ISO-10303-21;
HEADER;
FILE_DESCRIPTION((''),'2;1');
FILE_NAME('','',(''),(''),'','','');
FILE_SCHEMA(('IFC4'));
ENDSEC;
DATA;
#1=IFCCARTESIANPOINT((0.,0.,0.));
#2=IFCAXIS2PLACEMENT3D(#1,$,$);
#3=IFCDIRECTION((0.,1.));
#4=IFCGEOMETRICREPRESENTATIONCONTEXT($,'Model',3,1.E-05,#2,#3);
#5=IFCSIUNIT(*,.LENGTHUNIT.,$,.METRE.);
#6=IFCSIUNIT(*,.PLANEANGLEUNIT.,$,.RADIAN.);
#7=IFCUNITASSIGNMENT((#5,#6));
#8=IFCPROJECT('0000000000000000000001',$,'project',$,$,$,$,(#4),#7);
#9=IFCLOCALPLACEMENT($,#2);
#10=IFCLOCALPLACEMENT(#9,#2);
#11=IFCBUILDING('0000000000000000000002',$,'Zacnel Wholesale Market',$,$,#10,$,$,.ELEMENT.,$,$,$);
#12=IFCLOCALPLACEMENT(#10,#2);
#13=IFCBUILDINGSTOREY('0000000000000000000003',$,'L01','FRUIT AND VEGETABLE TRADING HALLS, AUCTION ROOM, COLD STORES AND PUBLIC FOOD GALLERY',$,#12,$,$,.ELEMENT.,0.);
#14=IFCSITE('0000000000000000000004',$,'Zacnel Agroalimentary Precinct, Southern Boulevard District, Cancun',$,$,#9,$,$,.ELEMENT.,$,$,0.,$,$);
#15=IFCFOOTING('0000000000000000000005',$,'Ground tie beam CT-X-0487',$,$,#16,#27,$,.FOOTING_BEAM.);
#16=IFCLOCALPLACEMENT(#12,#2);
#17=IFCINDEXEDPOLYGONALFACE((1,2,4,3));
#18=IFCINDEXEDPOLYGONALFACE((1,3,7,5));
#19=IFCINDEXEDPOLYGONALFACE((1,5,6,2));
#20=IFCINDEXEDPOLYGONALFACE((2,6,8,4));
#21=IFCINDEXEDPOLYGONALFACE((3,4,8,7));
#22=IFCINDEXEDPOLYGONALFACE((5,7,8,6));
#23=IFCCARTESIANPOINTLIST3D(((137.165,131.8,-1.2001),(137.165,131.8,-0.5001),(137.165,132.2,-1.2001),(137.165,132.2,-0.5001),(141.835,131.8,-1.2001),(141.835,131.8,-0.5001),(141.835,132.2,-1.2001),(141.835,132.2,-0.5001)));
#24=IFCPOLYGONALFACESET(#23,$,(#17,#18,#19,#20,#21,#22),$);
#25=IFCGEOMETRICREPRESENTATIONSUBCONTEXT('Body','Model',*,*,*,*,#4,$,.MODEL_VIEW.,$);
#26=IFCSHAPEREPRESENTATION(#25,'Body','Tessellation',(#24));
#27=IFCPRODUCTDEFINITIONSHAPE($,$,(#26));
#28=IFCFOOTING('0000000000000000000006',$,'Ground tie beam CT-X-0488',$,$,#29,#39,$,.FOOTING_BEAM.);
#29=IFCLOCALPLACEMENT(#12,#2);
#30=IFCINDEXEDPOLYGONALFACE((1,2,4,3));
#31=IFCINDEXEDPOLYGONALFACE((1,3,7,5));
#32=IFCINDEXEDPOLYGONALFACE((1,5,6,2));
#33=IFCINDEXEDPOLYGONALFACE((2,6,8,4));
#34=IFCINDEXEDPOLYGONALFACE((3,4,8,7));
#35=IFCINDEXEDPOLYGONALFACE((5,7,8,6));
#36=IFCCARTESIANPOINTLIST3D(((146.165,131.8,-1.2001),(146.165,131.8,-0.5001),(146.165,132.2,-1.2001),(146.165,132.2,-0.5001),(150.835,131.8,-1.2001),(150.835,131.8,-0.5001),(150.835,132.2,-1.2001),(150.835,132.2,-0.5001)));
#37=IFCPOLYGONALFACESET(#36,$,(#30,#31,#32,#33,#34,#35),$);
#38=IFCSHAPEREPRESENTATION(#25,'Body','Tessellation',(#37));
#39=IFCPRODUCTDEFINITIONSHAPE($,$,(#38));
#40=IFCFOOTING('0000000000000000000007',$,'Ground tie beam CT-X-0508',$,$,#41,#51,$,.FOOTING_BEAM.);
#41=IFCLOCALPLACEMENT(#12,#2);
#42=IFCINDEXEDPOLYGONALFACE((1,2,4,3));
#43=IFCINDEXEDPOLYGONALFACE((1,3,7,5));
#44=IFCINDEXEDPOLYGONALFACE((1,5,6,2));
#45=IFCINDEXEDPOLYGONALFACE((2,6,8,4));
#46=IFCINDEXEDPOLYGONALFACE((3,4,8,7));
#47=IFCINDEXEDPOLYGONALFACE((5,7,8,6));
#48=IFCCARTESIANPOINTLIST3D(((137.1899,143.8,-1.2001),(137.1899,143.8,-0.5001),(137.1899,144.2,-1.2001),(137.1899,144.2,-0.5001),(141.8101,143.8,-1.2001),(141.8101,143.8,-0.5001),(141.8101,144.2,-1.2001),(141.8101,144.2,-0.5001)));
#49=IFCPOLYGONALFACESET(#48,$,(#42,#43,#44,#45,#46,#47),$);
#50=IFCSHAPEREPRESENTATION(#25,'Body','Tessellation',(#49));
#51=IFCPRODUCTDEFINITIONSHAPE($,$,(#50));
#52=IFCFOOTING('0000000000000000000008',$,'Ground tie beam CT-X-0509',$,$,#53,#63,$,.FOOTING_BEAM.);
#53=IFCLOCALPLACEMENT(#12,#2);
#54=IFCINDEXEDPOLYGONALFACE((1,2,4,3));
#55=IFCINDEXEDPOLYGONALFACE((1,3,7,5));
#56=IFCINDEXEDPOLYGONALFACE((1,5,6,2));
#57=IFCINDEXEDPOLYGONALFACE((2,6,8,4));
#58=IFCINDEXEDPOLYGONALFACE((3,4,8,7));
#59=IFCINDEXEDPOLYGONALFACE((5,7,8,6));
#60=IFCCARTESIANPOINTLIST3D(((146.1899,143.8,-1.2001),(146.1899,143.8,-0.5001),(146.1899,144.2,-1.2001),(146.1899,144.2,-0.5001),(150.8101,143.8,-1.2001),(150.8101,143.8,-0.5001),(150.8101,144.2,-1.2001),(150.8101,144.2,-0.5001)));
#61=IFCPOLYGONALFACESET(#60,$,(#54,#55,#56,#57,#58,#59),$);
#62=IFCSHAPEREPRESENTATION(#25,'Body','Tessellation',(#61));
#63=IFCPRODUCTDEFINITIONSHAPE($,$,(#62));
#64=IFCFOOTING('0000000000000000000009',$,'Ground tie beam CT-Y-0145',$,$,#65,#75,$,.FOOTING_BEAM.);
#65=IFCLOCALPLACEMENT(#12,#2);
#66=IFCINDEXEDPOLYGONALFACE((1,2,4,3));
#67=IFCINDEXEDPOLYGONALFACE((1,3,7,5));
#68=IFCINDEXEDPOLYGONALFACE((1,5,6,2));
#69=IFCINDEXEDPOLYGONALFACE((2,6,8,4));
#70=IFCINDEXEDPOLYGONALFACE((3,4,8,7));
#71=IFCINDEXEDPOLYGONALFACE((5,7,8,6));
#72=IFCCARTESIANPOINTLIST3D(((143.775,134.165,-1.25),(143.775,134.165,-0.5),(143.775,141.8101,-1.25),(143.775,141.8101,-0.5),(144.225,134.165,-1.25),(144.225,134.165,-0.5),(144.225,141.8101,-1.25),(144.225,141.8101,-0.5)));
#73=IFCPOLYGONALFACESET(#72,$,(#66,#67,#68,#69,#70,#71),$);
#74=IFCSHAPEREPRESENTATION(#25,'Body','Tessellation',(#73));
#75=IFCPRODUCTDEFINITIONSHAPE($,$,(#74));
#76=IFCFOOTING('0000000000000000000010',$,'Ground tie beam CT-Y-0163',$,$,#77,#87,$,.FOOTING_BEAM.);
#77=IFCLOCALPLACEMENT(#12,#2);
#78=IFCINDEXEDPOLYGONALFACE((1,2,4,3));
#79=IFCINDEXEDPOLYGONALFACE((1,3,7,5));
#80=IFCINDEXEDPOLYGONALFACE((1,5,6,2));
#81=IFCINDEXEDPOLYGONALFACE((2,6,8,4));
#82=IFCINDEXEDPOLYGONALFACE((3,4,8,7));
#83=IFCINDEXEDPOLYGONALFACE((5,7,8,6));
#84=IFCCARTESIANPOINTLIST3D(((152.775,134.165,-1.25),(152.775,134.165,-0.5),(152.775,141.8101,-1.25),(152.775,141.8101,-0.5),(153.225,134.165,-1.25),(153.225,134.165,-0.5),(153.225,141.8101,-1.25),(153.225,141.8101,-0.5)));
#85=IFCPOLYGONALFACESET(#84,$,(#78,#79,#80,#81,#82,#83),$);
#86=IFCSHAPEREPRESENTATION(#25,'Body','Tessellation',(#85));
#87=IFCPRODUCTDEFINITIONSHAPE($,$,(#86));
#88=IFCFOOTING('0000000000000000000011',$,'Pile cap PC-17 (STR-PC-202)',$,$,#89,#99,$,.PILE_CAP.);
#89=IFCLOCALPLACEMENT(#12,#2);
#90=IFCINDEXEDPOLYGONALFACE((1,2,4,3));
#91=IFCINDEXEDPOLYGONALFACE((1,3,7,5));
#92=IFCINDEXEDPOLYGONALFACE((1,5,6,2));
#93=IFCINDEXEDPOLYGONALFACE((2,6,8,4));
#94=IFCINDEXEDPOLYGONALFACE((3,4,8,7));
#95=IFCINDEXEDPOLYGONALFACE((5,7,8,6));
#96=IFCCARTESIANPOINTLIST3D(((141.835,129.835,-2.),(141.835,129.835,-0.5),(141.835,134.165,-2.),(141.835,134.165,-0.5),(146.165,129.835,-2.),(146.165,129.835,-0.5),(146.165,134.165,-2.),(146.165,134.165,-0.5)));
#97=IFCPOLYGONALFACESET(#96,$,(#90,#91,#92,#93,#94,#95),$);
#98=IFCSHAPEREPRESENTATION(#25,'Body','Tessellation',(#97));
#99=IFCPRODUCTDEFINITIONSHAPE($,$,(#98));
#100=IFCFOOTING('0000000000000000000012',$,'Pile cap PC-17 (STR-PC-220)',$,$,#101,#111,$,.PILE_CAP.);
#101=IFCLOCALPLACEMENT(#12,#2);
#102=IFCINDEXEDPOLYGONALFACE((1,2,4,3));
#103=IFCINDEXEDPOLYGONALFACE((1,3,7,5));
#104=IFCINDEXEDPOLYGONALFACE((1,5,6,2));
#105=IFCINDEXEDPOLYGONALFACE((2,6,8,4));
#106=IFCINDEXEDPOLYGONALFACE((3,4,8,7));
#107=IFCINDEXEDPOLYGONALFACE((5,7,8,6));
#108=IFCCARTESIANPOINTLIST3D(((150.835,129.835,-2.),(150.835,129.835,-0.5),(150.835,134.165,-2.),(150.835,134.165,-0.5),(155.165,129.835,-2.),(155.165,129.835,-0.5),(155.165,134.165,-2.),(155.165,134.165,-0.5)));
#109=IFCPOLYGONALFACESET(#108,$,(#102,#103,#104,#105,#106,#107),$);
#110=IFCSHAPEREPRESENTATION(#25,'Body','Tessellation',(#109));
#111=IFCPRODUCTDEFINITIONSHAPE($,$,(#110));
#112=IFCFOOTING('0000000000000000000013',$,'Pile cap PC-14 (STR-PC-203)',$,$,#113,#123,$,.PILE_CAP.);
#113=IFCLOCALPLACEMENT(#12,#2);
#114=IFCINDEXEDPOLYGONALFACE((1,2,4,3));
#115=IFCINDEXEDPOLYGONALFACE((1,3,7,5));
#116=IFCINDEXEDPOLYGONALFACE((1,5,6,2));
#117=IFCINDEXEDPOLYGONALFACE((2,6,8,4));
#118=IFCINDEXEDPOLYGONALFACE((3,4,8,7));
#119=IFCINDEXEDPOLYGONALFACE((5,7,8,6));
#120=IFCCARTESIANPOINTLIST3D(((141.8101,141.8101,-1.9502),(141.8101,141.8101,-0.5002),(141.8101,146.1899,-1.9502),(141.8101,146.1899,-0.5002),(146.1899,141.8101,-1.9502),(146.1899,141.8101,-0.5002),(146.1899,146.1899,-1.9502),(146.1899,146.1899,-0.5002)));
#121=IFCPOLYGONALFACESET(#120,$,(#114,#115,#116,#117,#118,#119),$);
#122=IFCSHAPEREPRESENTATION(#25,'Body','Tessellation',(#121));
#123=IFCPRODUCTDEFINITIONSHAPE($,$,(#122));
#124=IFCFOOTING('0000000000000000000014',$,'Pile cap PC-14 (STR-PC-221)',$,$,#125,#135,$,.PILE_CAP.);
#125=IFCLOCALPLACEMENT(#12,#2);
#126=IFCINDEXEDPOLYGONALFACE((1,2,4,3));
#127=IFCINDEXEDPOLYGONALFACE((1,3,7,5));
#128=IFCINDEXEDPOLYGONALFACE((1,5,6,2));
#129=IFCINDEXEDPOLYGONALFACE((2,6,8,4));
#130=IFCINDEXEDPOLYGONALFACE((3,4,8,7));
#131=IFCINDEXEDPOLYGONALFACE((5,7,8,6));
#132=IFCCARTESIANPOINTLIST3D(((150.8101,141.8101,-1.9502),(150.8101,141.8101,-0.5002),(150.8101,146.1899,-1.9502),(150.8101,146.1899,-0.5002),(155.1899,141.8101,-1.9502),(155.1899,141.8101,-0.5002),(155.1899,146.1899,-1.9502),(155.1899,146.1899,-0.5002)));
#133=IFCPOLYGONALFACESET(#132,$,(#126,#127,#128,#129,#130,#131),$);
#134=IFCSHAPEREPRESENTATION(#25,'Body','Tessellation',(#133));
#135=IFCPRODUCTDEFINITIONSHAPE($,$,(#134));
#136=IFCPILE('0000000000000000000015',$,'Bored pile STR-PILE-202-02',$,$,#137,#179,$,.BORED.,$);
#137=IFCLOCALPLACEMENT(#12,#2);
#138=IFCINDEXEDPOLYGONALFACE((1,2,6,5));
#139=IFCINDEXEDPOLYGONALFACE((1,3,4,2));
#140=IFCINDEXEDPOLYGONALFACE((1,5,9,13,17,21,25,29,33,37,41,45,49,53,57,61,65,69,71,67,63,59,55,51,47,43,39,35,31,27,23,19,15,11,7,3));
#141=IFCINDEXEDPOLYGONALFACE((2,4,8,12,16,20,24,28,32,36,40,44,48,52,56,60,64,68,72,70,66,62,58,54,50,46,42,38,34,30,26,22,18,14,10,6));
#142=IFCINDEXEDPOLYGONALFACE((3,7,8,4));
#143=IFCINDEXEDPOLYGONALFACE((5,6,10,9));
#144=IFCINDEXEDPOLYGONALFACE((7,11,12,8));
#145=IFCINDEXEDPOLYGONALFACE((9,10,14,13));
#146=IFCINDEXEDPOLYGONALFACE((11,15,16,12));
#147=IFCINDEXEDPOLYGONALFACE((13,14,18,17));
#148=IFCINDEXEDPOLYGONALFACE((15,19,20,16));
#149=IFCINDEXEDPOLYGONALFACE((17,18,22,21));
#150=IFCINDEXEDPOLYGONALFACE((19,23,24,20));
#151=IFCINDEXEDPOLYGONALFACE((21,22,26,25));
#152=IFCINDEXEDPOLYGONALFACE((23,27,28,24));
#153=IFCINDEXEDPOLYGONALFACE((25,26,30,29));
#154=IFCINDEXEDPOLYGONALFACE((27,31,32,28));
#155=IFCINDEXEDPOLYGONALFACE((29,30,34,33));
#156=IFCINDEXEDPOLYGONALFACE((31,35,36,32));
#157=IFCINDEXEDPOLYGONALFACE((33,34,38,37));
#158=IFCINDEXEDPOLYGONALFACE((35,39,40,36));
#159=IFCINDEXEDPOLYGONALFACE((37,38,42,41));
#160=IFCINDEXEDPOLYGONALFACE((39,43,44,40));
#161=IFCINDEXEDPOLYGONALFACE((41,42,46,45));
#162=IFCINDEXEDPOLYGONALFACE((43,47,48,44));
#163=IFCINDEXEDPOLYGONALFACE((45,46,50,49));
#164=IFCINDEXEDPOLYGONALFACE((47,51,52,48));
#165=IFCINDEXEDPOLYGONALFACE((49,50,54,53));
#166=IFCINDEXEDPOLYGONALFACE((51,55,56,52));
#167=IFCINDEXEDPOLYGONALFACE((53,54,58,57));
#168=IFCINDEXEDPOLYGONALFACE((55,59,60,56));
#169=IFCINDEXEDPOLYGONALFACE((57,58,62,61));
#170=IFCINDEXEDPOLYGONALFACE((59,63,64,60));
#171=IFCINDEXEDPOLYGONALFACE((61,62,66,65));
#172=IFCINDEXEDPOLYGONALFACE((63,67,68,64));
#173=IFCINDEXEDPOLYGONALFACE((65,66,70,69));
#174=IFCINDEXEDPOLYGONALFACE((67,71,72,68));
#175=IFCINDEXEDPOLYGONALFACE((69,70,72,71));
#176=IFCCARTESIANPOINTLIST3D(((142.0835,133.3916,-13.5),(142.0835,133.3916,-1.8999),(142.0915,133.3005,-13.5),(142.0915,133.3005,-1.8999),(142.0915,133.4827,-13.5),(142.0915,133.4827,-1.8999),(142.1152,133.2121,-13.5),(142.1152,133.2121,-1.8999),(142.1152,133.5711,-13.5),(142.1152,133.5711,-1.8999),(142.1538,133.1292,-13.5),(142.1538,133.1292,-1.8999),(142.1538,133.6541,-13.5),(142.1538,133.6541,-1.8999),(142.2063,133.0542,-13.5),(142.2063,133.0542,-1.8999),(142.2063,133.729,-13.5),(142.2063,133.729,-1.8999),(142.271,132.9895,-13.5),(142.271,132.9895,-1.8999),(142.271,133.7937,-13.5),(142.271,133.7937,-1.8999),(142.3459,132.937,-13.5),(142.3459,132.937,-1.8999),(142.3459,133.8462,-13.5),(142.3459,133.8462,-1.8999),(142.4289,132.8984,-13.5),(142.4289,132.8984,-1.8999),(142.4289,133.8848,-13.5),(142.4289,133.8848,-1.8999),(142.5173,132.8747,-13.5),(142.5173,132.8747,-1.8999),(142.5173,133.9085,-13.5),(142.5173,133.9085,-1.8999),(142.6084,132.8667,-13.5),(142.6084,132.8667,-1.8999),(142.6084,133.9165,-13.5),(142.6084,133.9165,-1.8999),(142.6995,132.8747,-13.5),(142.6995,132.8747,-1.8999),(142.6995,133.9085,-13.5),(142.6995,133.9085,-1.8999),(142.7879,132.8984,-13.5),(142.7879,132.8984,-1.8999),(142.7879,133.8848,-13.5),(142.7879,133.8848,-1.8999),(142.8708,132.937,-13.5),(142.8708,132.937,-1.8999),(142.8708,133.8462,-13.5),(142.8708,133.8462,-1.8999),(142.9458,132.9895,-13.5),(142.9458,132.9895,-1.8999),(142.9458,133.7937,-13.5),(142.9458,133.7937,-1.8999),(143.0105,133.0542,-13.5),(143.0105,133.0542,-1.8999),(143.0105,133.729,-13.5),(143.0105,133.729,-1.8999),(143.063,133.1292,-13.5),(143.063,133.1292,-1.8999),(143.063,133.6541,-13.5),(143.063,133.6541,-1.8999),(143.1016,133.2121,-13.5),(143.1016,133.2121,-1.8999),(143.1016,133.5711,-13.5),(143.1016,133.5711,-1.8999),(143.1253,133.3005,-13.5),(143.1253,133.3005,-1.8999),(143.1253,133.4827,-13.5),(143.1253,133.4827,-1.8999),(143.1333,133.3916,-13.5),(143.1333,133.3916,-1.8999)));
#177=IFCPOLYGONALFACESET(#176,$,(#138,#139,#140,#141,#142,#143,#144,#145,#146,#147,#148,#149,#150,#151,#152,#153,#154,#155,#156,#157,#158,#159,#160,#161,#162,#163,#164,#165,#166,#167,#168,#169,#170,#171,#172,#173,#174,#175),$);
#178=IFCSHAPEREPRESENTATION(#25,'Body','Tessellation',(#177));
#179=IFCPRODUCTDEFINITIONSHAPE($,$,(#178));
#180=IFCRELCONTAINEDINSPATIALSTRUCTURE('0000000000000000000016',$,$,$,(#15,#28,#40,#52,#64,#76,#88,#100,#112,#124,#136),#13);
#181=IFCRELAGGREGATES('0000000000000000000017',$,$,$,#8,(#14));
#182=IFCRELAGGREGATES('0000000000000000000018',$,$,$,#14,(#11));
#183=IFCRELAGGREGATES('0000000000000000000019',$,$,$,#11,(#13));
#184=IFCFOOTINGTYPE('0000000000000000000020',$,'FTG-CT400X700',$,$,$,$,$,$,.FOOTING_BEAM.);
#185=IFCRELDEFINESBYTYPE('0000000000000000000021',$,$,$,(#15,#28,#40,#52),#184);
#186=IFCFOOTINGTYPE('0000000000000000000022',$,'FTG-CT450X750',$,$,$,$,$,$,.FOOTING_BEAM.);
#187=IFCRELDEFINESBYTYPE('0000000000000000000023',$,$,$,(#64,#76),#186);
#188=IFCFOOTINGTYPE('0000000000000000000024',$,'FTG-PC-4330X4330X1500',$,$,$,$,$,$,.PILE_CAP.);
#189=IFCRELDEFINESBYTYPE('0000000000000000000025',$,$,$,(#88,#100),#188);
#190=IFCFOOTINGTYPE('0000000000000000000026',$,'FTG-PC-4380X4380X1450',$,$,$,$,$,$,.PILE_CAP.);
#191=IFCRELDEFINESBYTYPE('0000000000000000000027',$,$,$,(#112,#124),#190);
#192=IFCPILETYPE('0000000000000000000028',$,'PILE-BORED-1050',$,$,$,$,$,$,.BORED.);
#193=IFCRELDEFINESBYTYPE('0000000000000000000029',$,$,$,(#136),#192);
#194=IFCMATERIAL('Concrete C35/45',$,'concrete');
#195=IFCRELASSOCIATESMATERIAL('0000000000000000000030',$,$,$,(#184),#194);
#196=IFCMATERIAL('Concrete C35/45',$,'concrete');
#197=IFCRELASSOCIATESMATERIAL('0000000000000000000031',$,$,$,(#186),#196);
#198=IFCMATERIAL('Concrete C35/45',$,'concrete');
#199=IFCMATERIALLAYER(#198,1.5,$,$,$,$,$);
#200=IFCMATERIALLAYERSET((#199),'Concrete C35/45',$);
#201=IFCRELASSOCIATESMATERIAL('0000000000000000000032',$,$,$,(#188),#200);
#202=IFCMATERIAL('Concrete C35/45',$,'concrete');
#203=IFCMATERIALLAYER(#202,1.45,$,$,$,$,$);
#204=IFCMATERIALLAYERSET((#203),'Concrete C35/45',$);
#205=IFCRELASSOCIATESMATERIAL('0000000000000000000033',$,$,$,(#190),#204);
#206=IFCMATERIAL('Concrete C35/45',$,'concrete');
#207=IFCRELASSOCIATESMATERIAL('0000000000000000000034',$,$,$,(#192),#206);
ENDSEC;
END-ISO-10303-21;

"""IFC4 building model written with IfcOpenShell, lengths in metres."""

from ifc_helpers import new_model, si_unit, direction, frame, origin, origin_2d, place, context, subcontext, project, spatial, rectangle, circle, extrude, material, layer, layer_set, material_profile, profile_set, type_object, element, save


model = new_model("IFC4")

# Units and contexts
model_context = context("Model", 3, precision=1e-05, world=origin(), true_north=direction((0.0, 1.0)))
body_context = subcontext(model_context, "Body", "Model", "MODEL_VIEW")
ifc_project = project(units=[si_unit("LENGTHUNIT", "METRE"), si_unit("PLANEANGLEUNIT", "RADIAN")], contexts=[model_context])

# Site, building, storey
site_placement = place(None, origin())
site = spatial("IfcSite", under=ifc_project, at=site_placement, Name="Zacnel Agroalimentary Precinct, Southern Boulevard District, Cancun", CompositionType="ELEMENT", RefElevation=0.0)
building_placement = place(site_placement, origin())
building = spatial("IfcBuilding", under=site, at=building_placement, Name="Zacnel Wholesale Market", CompositionType="ELEMENT")
storey_placement = place(building_placement, origin())
storey = spatial("IfcBuildingStorey", under=building, at=storey_placement, Name="L01", Description="FRUIT AND VEGETABLE TRADING HALLS, AUCTION ROOM, COLD STORES AND PUBLIC FOOD GALLERY", CompositionType="ELEMENT", Elevation=0.0)

# Footings
ifc_material_1 = material(Name="Concrete C35/45", Category="concrete")
ifc_material_profile_1 = material_profile(ifc_material_1, rectangle(XDim=0.3999, YDim=0.7, at=origin_2d()), Name="CT 400x700")
ifc_profile_set_1 = profile_set([ifc_material_profile_1], Name="Concrete C35/45")
footing_type_1 = type_object("IfcFootingType", Name="FTG-CT400X700", PredefinedType="FOOTING_BEAM", material=ifc_profile_set_1)
for number, where, z_axis, x_axis, name in (
    (1, (137.165, 132.0, -0.8501), (1.0, 0.0, 0.0), (0.0, 1.0, 0.0), "Ground tie beam CT-X-0487"),
    (2, (146.165, 132.0, -0.8501), (1.0, 0.0, 0.0), (0.0, 1.0, 0.0), "Ground tie beam CT-X-0488"),
):
    element("IfcFooting", number, at=place(storey_placement, frame(where, z_axis=z_axis, x_axis=x_axis)), inside=storey, type_object=footing_type_1, Name=name, PredefinedType="FOOTING_BEAM", context=body_context, shape_type="SweptSolid", body=[
        extrude(rectangle(XDim=0.3999, YDim=0.7, at=origin_2d()), origin(), (0.0, 0.0, 1.0), 4.6699),
    ])
for number, where, z_axis, x_axis, name in (
    (3, (137.1899, 144.0, -0.8501), (1.0, 0.0, 0.0), (0.0, 1.0, 0.0), "Ground tie beam CT-X-0508"),
    (4, (146.1899, 144.0, -0.8501), (1.0, 0.0, 0.0), (0.0, 1.0, 0.0), "Ground tie beam CT-X-0509"),
):
    element("IfcFooting", number, at=place(storey_placement, frame(where, z_axis=z_axis, x_axis=x_axis)), inside=storey, type_object=footing_type_1, Name=name, PredefinedType="FOOTING_BEAM", context=body_context, shape_type="SweptSolid", body=[
        extrude(rectangle(XDim=0.3999, YDim=0.7, at=origin_2d()), origin(), (0.0, 0.0, 1.0), 4.6201),
    ])
ifc_material_2 = material(Name="Concrete C35/45", Category="concrete")
ifc_material_profile_2 = material_profile(ifc_material_2, rectangle(XDim=0.45, YDim=0.75, at=origin_2d()), Name="CT 450x750")
ifc_profile_set_2 = profile_set([ifc_material_profile_2], Name="Concrete C35/45")
footing_type_2 = type_object("IfcFootingType", Name="FTG-CT450X750", PredefinedType="FOOTING_BEAM", material=ifc_profile_set_2)
for number, where, z_axis, x_axis, name in (
    (5, (144.0, 134.165, -0.875), (0.0, 1.0, 0.0), (-1.0, 0.0, 0.0), "Ground tie beam CT-Y-0145"),
    (6, (153.0, 134.165, -0.875), (0.0, 1.0, 0.0), (-1.0, 0.0, 0.0), "Ground tie beam CT-Y-0163"),
):
    element("IfcFooting", number, at=place(storey_placement, frame(where, z_axis=z_axis, x_axis=x_axis)), inside=storey, type_object=footing_type_2, Name=name, PredefinedType="FOOTING_BEAM", context=body_context, shape_type="SweptSolid", body=[
        extrude(rectangle(XDim=0.45, YDim=0.75, at=origin_2d()), origin(), (0.0, 0.0, 1.0), 7.645),
    ])
ifc_material_3 = material(Name="Concrete C35/45", Category="concrete")
ifc_layer_1 = layer(ifc_material_3, 1.5)
ifc_layer_set_1 = layer_set([ifc_layer_1], Name="Concrete C35/45")
footing_type_3 = type_object("IfcFootingType", Name="FTG-PC-4330X4330X1500", PredefinedType="PILE_CAP", material=ifc_layer_set_1)
for number, where, z_axis, x_axis, name in (
    (7, (144.0, 132.0, -2.0), (0.0, 0.0, 1.0), (1.0, 0.0, 0.0), "Pile cap PC-17 (STR-PC-202)"),
    (8, (153.0, 132.0, -2.0), (0.0, 0.0, 1.0), (1.0, 0.0, 0.0), "Pile cap PC-17 (STR-PC-220)"),
):
    element("IfcFooting", number, at=place(storey_placement, frame(where, z_axis=z_axis, x_axis=x_axis)), inside=storey, type_object=footing_type_3, Name=name, PredefinedType="PILE_CAP", context=body_context, shape_type="SweptSolid", body=[
        extrude(rectangle(XDim=4.3301, YDim=4.3301, at=origin_2d()), origin(), (0.0, 0.0, 1.0), 1.5),
    ])
ifc_material_4 = material(Name="Concrete C35/45", Category="concrete")
ifc_layer_2 = layer(ifc_material_4, 1.45)
ifc_layer_set_2 = layer_set([ifc_layer_2], Name="Concrete C35/45")
footing_type_4 = type_object("IfcFootingType", Name="FTG-PC-4380X4380X1450", PredefinedType="PILE_CAP", material=ifc_layer_set_2)
for number, where, z_axis, x_axis, name in (
    (9, (144.0, 144.0, -1.9502), (0.0, 0.0, 1.0), (1.0, 0.0, 0.0), "Pile cap PC-14 (STR-PC-203)"),
    (10, (153.0, 144.0, -1.9502), (0.0, 0.0, 1.0), (1.0, 0.0, 0.0), "Pile cap PC-14 (STR-PC-221)"),
):
    element("IfcFooting", number, at=place(storey_placement, frame(where, z_axis=z_axis, x_axis=x_axis)), inside=storey, type_object=footing_type_4, Name=name, PredefinedType="PILE_CAP", context=body_context, shape_type="SweptSolid", body=[
        extrude(rectangle(XDim=4.3799, YDim=4.3799, at=origin_2d()), origin(), (0.0, 0.0, 1.0), 1.45),
    ])

# Pile
ifc_material_5 = material(Name="Concrete C35/45", Category="concrete")
ifc_material_profile_3 = material_profile(ifc_material_5, circle(Radius=0.5249, at=origin_2d()), Name="BORED PILE D1050")
ifc_profile_set_3 = profile_set([ifc_material_profile_3], Name="Concrete C35/45")
pile_type = type_object("IfcPileType", Name="PILE-BORED-1050", PredefinedType="BORED", material=ifc_profile_set_3)
for number, where, z_axis, x_axis, name in (
    (11, (142.6084, 133.3916, -1.8999), (0.0, 0.0, -1.0), (1.0, 0.0, 0.0), "Bored pile STR-PILE-202-02"),
):
    element("IfcPile", number, at=place(storey_placement, frame(where, z_axis=z_axis, x_axis=x_axis)), inside=storey, type_object=pile_type, Name=name, PredefinedType="BORED", context=body_context, shape_type="SweptSolid", body=[
        extrude(circle(Radius=0.5249, at=origin_2d()), origin(), (0.0, 0.0, 1.0), 11.6001),
    ])

save(model, "model.ifc")
